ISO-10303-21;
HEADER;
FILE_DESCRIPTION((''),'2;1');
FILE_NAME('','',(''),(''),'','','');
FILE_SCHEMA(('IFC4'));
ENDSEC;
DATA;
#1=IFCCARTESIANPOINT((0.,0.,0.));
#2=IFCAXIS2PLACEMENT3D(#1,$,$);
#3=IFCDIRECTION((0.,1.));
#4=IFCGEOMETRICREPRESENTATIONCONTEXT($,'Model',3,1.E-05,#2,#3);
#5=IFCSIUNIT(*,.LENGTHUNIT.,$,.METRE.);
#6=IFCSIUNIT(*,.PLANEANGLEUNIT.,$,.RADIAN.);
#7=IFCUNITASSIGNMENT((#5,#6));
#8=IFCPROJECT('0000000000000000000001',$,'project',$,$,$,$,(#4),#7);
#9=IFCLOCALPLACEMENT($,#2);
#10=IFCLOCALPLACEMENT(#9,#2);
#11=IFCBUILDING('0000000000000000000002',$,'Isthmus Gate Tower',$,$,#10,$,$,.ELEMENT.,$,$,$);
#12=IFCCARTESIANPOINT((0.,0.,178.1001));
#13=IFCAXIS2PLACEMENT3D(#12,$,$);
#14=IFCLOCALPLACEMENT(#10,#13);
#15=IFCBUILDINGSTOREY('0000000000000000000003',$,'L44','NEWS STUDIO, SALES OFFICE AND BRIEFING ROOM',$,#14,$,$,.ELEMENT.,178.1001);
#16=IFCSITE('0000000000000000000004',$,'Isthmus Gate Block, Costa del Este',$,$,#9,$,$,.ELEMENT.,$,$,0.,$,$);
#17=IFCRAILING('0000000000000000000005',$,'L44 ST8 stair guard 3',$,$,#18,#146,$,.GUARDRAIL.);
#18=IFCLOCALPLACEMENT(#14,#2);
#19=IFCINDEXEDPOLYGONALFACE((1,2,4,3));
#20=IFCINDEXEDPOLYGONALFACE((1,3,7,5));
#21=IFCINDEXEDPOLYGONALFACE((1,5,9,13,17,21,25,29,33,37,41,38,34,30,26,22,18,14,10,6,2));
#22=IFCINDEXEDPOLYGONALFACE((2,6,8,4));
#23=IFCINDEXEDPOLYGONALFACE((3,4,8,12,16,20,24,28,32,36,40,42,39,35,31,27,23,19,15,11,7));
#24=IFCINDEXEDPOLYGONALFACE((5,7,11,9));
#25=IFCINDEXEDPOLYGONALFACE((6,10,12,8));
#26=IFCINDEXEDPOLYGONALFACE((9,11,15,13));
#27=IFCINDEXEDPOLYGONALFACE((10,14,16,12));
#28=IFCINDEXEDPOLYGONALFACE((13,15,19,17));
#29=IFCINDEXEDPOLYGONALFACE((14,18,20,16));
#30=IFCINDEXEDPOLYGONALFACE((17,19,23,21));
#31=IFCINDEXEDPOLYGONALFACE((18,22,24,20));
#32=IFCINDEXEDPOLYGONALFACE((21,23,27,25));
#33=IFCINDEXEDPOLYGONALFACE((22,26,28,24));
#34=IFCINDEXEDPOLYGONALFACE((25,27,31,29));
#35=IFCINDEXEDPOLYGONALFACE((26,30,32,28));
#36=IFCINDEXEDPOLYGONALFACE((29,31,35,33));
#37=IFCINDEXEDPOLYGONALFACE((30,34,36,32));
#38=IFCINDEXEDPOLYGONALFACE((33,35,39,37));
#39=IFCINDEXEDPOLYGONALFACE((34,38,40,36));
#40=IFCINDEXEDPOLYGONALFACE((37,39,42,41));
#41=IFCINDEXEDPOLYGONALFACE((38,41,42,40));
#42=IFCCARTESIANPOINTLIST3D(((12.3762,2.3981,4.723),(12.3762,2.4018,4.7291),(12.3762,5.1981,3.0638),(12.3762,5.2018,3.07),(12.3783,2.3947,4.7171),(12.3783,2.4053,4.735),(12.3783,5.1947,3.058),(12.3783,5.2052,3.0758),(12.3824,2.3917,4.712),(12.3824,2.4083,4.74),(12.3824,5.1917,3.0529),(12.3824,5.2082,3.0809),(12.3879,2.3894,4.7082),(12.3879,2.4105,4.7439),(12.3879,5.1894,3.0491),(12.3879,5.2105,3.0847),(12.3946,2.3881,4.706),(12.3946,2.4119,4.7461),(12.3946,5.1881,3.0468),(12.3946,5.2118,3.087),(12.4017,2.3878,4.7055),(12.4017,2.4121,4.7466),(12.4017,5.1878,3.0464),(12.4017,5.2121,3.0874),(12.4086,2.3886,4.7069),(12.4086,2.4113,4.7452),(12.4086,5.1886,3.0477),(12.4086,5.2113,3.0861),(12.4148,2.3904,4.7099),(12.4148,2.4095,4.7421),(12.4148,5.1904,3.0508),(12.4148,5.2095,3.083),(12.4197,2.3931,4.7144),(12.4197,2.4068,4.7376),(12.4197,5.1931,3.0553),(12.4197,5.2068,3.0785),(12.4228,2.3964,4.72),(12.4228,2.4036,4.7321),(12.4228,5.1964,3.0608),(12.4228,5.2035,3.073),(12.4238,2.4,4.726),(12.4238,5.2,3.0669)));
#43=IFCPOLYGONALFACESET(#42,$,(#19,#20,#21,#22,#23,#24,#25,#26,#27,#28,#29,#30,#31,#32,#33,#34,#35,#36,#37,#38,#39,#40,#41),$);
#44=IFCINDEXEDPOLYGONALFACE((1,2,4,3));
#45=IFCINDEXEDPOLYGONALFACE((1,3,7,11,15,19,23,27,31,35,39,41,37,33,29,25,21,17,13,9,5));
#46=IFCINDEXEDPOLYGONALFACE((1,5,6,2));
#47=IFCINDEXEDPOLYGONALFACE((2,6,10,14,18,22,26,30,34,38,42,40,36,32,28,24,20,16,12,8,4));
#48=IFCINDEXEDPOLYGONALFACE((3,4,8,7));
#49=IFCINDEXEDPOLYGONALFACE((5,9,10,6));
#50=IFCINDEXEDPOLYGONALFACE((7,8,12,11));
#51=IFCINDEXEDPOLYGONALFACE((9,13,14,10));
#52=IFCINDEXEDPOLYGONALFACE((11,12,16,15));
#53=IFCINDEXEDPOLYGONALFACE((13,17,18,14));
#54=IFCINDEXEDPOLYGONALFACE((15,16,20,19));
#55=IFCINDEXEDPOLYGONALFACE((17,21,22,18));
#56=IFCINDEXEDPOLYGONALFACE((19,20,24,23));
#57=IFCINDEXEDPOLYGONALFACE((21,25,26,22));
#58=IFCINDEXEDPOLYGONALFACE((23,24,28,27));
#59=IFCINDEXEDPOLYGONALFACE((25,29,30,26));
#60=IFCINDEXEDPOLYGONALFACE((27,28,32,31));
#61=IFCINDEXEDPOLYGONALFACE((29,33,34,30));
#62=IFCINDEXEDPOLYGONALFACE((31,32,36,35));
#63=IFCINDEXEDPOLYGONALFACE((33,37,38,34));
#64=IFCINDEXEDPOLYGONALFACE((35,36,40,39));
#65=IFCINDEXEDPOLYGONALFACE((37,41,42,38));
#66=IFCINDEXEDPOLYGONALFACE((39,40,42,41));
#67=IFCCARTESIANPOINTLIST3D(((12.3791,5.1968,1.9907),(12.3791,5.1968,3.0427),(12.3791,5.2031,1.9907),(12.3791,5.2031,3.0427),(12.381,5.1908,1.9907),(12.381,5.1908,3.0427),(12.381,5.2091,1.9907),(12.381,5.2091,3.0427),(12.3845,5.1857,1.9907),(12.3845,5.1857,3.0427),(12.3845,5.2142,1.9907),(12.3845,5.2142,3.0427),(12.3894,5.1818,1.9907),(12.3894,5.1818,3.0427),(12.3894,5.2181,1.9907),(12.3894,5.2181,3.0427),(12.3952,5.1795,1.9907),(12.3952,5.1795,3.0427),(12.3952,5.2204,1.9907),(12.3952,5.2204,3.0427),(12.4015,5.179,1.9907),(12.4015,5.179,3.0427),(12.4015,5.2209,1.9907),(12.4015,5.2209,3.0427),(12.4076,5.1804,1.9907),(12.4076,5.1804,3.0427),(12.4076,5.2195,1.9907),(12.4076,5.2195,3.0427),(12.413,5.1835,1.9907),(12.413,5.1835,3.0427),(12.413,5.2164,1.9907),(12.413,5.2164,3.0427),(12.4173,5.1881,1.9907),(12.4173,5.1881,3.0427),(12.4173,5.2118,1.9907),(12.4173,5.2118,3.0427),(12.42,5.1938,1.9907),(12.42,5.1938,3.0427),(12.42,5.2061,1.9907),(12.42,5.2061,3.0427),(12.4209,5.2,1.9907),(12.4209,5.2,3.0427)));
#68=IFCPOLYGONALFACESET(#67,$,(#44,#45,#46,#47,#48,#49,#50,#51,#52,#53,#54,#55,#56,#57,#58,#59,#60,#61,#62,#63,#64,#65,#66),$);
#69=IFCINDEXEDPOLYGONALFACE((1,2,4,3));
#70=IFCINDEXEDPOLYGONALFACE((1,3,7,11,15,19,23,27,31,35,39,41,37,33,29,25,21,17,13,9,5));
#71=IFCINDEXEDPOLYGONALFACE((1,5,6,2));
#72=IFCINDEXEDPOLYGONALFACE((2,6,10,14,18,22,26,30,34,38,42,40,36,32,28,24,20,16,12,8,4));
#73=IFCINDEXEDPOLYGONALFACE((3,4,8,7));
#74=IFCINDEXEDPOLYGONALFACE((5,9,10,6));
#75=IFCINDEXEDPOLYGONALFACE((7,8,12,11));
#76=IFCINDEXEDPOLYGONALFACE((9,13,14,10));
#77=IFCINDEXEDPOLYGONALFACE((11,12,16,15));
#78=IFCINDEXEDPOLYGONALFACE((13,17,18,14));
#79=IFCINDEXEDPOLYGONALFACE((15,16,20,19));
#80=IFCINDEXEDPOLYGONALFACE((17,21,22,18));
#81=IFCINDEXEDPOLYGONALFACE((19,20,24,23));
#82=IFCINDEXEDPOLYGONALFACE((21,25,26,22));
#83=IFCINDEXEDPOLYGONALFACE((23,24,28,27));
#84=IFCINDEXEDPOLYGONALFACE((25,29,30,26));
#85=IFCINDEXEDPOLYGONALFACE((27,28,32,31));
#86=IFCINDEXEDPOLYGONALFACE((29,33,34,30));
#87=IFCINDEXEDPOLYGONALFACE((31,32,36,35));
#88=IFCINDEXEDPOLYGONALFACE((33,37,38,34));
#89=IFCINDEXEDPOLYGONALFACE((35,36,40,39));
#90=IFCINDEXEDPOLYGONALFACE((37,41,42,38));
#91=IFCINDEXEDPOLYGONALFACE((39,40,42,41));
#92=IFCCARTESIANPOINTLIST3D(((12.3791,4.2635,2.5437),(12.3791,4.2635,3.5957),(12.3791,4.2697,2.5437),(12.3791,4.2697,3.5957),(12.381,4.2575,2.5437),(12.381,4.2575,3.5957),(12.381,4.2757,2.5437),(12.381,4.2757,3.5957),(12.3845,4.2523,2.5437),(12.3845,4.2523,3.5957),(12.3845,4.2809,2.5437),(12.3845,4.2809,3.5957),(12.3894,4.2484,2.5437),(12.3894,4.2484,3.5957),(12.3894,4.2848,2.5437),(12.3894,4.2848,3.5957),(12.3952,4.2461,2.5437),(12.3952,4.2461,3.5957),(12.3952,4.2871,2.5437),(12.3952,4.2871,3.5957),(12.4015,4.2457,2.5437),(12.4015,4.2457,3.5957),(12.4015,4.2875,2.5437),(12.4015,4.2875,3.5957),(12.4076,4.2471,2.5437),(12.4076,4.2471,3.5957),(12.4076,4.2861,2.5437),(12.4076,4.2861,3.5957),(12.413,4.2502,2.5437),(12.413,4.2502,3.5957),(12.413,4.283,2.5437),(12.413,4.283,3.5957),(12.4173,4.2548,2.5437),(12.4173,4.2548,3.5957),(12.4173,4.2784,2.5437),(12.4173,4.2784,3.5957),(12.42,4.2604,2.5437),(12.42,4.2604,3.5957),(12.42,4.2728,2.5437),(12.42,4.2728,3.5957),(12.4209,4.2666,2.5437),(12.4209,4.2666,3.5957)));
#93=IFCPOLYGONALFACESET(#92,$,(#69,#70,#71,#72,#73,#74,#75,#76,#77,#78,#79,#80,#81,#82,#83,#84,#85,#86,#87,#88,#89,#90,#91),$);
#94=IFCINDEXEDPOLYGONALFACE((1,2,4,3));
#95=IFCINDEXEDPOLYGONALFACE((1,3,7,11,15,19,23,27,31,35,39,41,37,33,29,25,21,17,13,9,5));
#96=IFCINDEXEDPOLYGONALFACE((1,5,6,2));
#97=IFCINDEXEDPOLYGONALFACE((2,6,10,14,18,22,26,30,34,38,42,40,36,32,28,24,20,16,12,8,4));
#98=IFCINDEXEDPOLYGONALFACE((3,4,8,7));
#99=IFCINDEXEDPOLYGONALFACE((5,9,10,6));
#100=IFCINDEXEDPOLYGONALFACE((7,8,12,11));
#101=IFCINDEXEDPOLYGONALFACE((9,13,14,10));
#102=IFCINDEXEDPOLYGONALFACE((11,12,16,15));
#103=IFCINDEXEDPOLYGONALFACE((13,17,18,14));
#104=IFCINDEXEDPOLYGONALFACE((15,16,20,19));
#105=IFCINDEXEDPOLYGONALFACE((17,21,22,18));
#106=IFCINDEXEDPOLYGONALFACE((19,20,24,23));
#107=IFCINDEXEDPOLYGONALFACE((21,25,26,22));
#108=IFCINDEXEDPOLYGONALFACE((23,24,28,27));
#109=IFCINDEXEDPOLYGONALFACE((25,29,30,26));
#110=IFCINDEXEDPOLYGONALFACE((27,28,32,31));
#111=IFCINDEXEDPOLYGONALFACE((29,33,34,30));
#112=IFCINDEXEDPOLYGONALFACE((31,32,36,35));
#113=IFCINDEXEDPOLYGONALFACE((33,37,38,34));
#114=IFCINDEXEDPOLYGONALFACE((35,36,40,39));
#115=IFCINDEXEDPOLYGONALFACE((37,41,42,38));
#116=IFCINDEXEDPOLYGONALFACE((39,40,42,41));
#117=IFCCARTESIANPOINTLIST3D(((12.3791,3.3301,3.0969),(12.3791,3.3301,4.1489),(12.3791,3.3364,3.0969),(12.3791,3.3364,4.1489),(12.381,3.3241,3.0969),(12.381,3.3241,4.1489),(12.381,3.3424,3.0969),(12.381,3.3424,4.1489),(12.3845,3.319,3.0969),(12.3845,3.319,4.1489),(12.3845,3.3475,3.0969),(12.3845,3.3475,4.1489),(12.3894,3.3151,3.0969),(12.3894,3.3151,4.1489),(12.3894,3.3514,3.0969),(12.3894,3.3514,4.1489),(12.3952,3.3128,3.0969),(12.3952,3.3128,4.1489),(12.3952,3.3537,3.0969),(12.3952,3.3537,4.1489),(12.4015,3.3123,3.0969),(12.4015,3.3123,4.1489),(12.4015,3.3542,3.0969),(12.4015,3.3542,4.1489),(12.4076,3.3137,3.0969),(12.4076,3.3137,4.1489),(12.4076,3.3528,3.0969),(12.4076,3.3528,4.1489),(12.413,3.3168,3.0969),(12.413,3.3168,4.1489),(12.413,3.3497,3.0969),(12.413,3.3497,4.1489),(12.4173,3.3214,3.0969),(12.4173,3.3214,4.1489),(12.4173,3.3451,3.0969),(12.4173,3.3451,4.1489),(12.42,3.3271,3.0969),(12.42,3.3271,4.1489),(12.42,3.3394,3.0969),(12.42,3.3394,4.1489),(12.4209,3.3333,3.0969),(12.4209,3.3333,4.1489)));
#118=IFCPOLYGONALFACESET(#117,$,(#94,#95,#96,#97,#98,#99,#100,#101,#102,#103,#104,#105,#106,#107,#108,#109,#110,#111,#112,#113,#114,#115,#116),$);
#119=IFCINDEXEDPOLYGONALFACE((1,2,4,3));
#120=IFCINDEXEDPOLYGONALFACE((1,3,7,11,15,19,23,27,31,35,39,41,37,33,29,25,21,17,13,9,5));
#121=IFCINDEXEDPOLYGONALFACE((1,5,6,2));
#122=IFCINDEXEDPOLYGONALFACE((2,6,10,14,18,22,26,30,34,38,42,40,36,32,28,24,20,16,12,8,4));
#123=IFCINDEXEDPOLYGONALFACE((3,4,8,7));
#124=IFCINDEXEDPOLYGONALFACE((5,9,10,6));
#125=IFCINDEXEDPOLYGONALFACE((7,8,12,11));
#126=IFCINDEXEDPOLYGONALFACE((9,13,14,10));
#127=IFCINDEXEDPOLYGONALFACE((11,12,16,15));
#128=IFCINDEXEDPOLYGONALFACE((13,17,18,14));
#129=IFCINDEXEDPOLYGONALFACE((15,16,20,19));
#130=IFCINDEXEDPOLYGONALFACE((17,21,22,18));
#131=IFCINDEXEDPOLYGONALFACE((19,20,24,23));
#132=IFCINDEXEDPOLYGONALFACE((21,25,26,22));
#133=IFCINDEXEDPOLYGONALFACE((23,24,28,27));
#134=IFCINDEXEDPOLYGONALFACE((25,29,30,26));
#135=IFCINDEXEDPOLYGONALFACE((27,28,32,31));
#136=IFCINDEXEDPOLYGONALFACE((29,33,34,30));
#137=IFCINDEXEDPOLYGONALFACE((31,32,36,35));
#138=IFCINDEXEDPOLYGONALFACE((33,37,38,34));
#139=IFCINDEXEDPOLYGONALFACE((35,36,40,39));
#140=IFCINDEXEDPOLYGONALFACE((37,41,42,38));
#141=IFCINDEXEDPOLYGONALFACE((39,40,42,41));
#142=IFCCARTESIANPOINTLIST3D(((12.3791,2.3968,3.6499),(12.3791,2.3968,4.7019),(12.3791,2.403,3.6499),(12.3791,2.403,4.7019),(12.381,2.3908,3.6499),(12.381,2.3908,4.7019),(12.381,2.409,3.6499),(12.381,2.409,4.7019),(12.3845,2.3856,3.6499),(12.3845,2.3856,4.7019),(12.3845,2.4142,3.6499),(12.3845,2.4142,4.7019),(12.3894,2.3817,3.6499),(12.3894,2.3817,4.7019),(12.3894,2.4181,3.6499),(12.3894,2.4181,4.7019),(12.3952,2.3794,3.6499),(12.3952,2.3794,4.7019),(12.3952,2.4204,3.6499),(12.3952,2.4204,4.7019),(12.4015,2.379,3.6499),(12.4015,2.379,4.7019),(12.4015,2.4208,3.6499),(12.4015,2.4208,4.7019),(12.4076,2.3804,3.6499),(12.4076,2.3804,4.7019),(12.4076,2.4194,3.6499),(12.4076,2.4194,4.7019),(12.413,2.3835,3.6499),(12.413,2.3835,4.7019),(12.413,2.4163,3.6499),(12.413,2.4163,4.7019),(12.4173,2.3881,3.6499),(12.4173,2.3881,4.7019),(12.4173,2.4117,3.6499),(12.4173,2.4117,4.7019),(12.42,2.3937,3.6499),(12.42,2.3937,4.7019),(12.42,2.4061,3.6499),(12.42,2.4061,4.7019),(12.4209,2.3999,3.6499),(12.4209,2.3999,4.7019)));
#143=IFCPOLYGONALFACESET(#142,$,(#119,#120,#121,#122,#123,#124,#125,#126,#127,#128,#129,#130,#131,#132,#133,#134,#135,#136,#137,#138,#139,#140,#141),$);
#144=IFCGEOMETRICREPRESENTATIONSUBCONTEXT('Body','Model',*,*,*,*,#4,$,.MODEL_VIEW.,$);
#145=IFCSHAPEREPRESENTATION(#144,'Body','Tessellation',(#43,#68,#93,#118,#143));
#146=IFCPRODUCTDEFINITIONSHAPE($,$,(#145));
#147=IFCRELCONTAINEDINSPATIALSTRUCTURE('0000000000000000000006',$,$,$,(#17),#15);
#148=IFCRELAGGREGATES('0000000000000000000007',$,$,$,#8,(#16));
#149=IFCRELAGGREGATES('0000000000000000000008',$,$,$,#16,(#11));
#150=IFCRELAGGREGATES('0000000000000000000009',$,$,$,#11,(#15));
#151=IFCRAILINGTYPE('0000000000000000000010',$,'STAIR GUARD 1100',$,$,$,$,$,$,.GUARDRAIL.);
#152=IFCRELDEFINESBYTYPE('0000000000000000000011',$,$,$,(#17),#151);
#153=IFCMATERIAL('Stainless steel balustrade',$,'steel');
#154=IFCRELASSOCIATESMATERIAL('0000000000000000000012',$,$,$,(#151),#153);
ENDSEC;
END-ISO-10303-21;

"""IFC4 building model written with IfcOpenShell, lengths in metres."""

from ifc_helpers import new_model, si_unit, direction, frame, origin, origin_2d, place, context, subcontext, project, spatial, circle, extrude, material, type_object, element, save


model = new_model("IFC4")

# Units and contexts
model_context = context("Model", 3, precision=1e-05, world=origin(), true_north=direction((0.0, 1.0)))
body_context = subcontext(model_context, "Body", "Model", "MODEL_VIEW")
ifc_project = project(units=[si_unit("LENGTHUNIT", "METRE"), si_unit("PLANEANGLEUNIT", "RADIAN")], contexts=[model_context])

# Site, building, storey
site_placement = place(None, origin())
site = spatial("IfcSite", under=ifc_project, at=site_placement, Name="Isthmus Gate Block, Costa del Este", CompositionType="ELEMENT", RefElevation=0.0)
building_placement = place(site_placement, origin())
building = spatial("IfcBuilding", under=site, at=building_placement, Name="Isthmus Gate Tower", CompositionType="ELEMENT")
storey_placement = place(building_placement, frame((0.0, 0.0, 178.1001)))
storey = spatial("IfcBuildingStorey", under=building, at=storey_placement, Name="L44", Description="NEWS STUDIO, SALES OFFICE AND BRIEFING ROOM", CompositionType="ELEMENT", Elevation=178.1001)

# Railing
ifc_material_1 = material(Name="Stainless steel balustrade", Category="steel")
railing_type_1 = type_object("IfcRailingType", Name="STAIR GUARD 1100", PredefinedType="GUARDRAIL", material=ifc_material_1)
railing_1_placement = place(storey_placement, frame((12.3999, 5.2, 1.9907)))
element("IfcRailing", 1, at=railing_1_placement, inside=storey, type_object=railing_type_1, Name="L44 ST8 stair guard 3", PredefinedType="GUARDRAIL", context=body_context, shape_type="SweptSolid", body=[
    extrude(circle(Radius=0.0239, at=origin_2d()), frame((0.0, 0.0, 1.0762), z_axis=(0.0, -0.860306, 0.509778), x_axis=(1.0, 0.0, 0.0)), (0.0, 0.0, 1.0), 3.2546),
    extrude(circle(Radius=0.021, at=origin_2d()), origin(), (0.0, 0.0, 1.0), 1.052),
    extrude(circle(Radius=0.021, at=origin_2d()), frame((0.0, -0.9333, 0.553)), (0.0, 0.0, 1.0), 1.052),
    extrude(circle(Radius=0.021, at=origin_2d()), frame((0.0, -1.8667, 1.1062)), (0.0, 0.0, 1.0), 1.052),
    extrude(circle(Radius=0.021, at=origin_2d()), frame((0.0, -2.8, 1.6592)), (0.0, 0.0, 1.0), 1.052),
])

save(model, "model.ifc")
